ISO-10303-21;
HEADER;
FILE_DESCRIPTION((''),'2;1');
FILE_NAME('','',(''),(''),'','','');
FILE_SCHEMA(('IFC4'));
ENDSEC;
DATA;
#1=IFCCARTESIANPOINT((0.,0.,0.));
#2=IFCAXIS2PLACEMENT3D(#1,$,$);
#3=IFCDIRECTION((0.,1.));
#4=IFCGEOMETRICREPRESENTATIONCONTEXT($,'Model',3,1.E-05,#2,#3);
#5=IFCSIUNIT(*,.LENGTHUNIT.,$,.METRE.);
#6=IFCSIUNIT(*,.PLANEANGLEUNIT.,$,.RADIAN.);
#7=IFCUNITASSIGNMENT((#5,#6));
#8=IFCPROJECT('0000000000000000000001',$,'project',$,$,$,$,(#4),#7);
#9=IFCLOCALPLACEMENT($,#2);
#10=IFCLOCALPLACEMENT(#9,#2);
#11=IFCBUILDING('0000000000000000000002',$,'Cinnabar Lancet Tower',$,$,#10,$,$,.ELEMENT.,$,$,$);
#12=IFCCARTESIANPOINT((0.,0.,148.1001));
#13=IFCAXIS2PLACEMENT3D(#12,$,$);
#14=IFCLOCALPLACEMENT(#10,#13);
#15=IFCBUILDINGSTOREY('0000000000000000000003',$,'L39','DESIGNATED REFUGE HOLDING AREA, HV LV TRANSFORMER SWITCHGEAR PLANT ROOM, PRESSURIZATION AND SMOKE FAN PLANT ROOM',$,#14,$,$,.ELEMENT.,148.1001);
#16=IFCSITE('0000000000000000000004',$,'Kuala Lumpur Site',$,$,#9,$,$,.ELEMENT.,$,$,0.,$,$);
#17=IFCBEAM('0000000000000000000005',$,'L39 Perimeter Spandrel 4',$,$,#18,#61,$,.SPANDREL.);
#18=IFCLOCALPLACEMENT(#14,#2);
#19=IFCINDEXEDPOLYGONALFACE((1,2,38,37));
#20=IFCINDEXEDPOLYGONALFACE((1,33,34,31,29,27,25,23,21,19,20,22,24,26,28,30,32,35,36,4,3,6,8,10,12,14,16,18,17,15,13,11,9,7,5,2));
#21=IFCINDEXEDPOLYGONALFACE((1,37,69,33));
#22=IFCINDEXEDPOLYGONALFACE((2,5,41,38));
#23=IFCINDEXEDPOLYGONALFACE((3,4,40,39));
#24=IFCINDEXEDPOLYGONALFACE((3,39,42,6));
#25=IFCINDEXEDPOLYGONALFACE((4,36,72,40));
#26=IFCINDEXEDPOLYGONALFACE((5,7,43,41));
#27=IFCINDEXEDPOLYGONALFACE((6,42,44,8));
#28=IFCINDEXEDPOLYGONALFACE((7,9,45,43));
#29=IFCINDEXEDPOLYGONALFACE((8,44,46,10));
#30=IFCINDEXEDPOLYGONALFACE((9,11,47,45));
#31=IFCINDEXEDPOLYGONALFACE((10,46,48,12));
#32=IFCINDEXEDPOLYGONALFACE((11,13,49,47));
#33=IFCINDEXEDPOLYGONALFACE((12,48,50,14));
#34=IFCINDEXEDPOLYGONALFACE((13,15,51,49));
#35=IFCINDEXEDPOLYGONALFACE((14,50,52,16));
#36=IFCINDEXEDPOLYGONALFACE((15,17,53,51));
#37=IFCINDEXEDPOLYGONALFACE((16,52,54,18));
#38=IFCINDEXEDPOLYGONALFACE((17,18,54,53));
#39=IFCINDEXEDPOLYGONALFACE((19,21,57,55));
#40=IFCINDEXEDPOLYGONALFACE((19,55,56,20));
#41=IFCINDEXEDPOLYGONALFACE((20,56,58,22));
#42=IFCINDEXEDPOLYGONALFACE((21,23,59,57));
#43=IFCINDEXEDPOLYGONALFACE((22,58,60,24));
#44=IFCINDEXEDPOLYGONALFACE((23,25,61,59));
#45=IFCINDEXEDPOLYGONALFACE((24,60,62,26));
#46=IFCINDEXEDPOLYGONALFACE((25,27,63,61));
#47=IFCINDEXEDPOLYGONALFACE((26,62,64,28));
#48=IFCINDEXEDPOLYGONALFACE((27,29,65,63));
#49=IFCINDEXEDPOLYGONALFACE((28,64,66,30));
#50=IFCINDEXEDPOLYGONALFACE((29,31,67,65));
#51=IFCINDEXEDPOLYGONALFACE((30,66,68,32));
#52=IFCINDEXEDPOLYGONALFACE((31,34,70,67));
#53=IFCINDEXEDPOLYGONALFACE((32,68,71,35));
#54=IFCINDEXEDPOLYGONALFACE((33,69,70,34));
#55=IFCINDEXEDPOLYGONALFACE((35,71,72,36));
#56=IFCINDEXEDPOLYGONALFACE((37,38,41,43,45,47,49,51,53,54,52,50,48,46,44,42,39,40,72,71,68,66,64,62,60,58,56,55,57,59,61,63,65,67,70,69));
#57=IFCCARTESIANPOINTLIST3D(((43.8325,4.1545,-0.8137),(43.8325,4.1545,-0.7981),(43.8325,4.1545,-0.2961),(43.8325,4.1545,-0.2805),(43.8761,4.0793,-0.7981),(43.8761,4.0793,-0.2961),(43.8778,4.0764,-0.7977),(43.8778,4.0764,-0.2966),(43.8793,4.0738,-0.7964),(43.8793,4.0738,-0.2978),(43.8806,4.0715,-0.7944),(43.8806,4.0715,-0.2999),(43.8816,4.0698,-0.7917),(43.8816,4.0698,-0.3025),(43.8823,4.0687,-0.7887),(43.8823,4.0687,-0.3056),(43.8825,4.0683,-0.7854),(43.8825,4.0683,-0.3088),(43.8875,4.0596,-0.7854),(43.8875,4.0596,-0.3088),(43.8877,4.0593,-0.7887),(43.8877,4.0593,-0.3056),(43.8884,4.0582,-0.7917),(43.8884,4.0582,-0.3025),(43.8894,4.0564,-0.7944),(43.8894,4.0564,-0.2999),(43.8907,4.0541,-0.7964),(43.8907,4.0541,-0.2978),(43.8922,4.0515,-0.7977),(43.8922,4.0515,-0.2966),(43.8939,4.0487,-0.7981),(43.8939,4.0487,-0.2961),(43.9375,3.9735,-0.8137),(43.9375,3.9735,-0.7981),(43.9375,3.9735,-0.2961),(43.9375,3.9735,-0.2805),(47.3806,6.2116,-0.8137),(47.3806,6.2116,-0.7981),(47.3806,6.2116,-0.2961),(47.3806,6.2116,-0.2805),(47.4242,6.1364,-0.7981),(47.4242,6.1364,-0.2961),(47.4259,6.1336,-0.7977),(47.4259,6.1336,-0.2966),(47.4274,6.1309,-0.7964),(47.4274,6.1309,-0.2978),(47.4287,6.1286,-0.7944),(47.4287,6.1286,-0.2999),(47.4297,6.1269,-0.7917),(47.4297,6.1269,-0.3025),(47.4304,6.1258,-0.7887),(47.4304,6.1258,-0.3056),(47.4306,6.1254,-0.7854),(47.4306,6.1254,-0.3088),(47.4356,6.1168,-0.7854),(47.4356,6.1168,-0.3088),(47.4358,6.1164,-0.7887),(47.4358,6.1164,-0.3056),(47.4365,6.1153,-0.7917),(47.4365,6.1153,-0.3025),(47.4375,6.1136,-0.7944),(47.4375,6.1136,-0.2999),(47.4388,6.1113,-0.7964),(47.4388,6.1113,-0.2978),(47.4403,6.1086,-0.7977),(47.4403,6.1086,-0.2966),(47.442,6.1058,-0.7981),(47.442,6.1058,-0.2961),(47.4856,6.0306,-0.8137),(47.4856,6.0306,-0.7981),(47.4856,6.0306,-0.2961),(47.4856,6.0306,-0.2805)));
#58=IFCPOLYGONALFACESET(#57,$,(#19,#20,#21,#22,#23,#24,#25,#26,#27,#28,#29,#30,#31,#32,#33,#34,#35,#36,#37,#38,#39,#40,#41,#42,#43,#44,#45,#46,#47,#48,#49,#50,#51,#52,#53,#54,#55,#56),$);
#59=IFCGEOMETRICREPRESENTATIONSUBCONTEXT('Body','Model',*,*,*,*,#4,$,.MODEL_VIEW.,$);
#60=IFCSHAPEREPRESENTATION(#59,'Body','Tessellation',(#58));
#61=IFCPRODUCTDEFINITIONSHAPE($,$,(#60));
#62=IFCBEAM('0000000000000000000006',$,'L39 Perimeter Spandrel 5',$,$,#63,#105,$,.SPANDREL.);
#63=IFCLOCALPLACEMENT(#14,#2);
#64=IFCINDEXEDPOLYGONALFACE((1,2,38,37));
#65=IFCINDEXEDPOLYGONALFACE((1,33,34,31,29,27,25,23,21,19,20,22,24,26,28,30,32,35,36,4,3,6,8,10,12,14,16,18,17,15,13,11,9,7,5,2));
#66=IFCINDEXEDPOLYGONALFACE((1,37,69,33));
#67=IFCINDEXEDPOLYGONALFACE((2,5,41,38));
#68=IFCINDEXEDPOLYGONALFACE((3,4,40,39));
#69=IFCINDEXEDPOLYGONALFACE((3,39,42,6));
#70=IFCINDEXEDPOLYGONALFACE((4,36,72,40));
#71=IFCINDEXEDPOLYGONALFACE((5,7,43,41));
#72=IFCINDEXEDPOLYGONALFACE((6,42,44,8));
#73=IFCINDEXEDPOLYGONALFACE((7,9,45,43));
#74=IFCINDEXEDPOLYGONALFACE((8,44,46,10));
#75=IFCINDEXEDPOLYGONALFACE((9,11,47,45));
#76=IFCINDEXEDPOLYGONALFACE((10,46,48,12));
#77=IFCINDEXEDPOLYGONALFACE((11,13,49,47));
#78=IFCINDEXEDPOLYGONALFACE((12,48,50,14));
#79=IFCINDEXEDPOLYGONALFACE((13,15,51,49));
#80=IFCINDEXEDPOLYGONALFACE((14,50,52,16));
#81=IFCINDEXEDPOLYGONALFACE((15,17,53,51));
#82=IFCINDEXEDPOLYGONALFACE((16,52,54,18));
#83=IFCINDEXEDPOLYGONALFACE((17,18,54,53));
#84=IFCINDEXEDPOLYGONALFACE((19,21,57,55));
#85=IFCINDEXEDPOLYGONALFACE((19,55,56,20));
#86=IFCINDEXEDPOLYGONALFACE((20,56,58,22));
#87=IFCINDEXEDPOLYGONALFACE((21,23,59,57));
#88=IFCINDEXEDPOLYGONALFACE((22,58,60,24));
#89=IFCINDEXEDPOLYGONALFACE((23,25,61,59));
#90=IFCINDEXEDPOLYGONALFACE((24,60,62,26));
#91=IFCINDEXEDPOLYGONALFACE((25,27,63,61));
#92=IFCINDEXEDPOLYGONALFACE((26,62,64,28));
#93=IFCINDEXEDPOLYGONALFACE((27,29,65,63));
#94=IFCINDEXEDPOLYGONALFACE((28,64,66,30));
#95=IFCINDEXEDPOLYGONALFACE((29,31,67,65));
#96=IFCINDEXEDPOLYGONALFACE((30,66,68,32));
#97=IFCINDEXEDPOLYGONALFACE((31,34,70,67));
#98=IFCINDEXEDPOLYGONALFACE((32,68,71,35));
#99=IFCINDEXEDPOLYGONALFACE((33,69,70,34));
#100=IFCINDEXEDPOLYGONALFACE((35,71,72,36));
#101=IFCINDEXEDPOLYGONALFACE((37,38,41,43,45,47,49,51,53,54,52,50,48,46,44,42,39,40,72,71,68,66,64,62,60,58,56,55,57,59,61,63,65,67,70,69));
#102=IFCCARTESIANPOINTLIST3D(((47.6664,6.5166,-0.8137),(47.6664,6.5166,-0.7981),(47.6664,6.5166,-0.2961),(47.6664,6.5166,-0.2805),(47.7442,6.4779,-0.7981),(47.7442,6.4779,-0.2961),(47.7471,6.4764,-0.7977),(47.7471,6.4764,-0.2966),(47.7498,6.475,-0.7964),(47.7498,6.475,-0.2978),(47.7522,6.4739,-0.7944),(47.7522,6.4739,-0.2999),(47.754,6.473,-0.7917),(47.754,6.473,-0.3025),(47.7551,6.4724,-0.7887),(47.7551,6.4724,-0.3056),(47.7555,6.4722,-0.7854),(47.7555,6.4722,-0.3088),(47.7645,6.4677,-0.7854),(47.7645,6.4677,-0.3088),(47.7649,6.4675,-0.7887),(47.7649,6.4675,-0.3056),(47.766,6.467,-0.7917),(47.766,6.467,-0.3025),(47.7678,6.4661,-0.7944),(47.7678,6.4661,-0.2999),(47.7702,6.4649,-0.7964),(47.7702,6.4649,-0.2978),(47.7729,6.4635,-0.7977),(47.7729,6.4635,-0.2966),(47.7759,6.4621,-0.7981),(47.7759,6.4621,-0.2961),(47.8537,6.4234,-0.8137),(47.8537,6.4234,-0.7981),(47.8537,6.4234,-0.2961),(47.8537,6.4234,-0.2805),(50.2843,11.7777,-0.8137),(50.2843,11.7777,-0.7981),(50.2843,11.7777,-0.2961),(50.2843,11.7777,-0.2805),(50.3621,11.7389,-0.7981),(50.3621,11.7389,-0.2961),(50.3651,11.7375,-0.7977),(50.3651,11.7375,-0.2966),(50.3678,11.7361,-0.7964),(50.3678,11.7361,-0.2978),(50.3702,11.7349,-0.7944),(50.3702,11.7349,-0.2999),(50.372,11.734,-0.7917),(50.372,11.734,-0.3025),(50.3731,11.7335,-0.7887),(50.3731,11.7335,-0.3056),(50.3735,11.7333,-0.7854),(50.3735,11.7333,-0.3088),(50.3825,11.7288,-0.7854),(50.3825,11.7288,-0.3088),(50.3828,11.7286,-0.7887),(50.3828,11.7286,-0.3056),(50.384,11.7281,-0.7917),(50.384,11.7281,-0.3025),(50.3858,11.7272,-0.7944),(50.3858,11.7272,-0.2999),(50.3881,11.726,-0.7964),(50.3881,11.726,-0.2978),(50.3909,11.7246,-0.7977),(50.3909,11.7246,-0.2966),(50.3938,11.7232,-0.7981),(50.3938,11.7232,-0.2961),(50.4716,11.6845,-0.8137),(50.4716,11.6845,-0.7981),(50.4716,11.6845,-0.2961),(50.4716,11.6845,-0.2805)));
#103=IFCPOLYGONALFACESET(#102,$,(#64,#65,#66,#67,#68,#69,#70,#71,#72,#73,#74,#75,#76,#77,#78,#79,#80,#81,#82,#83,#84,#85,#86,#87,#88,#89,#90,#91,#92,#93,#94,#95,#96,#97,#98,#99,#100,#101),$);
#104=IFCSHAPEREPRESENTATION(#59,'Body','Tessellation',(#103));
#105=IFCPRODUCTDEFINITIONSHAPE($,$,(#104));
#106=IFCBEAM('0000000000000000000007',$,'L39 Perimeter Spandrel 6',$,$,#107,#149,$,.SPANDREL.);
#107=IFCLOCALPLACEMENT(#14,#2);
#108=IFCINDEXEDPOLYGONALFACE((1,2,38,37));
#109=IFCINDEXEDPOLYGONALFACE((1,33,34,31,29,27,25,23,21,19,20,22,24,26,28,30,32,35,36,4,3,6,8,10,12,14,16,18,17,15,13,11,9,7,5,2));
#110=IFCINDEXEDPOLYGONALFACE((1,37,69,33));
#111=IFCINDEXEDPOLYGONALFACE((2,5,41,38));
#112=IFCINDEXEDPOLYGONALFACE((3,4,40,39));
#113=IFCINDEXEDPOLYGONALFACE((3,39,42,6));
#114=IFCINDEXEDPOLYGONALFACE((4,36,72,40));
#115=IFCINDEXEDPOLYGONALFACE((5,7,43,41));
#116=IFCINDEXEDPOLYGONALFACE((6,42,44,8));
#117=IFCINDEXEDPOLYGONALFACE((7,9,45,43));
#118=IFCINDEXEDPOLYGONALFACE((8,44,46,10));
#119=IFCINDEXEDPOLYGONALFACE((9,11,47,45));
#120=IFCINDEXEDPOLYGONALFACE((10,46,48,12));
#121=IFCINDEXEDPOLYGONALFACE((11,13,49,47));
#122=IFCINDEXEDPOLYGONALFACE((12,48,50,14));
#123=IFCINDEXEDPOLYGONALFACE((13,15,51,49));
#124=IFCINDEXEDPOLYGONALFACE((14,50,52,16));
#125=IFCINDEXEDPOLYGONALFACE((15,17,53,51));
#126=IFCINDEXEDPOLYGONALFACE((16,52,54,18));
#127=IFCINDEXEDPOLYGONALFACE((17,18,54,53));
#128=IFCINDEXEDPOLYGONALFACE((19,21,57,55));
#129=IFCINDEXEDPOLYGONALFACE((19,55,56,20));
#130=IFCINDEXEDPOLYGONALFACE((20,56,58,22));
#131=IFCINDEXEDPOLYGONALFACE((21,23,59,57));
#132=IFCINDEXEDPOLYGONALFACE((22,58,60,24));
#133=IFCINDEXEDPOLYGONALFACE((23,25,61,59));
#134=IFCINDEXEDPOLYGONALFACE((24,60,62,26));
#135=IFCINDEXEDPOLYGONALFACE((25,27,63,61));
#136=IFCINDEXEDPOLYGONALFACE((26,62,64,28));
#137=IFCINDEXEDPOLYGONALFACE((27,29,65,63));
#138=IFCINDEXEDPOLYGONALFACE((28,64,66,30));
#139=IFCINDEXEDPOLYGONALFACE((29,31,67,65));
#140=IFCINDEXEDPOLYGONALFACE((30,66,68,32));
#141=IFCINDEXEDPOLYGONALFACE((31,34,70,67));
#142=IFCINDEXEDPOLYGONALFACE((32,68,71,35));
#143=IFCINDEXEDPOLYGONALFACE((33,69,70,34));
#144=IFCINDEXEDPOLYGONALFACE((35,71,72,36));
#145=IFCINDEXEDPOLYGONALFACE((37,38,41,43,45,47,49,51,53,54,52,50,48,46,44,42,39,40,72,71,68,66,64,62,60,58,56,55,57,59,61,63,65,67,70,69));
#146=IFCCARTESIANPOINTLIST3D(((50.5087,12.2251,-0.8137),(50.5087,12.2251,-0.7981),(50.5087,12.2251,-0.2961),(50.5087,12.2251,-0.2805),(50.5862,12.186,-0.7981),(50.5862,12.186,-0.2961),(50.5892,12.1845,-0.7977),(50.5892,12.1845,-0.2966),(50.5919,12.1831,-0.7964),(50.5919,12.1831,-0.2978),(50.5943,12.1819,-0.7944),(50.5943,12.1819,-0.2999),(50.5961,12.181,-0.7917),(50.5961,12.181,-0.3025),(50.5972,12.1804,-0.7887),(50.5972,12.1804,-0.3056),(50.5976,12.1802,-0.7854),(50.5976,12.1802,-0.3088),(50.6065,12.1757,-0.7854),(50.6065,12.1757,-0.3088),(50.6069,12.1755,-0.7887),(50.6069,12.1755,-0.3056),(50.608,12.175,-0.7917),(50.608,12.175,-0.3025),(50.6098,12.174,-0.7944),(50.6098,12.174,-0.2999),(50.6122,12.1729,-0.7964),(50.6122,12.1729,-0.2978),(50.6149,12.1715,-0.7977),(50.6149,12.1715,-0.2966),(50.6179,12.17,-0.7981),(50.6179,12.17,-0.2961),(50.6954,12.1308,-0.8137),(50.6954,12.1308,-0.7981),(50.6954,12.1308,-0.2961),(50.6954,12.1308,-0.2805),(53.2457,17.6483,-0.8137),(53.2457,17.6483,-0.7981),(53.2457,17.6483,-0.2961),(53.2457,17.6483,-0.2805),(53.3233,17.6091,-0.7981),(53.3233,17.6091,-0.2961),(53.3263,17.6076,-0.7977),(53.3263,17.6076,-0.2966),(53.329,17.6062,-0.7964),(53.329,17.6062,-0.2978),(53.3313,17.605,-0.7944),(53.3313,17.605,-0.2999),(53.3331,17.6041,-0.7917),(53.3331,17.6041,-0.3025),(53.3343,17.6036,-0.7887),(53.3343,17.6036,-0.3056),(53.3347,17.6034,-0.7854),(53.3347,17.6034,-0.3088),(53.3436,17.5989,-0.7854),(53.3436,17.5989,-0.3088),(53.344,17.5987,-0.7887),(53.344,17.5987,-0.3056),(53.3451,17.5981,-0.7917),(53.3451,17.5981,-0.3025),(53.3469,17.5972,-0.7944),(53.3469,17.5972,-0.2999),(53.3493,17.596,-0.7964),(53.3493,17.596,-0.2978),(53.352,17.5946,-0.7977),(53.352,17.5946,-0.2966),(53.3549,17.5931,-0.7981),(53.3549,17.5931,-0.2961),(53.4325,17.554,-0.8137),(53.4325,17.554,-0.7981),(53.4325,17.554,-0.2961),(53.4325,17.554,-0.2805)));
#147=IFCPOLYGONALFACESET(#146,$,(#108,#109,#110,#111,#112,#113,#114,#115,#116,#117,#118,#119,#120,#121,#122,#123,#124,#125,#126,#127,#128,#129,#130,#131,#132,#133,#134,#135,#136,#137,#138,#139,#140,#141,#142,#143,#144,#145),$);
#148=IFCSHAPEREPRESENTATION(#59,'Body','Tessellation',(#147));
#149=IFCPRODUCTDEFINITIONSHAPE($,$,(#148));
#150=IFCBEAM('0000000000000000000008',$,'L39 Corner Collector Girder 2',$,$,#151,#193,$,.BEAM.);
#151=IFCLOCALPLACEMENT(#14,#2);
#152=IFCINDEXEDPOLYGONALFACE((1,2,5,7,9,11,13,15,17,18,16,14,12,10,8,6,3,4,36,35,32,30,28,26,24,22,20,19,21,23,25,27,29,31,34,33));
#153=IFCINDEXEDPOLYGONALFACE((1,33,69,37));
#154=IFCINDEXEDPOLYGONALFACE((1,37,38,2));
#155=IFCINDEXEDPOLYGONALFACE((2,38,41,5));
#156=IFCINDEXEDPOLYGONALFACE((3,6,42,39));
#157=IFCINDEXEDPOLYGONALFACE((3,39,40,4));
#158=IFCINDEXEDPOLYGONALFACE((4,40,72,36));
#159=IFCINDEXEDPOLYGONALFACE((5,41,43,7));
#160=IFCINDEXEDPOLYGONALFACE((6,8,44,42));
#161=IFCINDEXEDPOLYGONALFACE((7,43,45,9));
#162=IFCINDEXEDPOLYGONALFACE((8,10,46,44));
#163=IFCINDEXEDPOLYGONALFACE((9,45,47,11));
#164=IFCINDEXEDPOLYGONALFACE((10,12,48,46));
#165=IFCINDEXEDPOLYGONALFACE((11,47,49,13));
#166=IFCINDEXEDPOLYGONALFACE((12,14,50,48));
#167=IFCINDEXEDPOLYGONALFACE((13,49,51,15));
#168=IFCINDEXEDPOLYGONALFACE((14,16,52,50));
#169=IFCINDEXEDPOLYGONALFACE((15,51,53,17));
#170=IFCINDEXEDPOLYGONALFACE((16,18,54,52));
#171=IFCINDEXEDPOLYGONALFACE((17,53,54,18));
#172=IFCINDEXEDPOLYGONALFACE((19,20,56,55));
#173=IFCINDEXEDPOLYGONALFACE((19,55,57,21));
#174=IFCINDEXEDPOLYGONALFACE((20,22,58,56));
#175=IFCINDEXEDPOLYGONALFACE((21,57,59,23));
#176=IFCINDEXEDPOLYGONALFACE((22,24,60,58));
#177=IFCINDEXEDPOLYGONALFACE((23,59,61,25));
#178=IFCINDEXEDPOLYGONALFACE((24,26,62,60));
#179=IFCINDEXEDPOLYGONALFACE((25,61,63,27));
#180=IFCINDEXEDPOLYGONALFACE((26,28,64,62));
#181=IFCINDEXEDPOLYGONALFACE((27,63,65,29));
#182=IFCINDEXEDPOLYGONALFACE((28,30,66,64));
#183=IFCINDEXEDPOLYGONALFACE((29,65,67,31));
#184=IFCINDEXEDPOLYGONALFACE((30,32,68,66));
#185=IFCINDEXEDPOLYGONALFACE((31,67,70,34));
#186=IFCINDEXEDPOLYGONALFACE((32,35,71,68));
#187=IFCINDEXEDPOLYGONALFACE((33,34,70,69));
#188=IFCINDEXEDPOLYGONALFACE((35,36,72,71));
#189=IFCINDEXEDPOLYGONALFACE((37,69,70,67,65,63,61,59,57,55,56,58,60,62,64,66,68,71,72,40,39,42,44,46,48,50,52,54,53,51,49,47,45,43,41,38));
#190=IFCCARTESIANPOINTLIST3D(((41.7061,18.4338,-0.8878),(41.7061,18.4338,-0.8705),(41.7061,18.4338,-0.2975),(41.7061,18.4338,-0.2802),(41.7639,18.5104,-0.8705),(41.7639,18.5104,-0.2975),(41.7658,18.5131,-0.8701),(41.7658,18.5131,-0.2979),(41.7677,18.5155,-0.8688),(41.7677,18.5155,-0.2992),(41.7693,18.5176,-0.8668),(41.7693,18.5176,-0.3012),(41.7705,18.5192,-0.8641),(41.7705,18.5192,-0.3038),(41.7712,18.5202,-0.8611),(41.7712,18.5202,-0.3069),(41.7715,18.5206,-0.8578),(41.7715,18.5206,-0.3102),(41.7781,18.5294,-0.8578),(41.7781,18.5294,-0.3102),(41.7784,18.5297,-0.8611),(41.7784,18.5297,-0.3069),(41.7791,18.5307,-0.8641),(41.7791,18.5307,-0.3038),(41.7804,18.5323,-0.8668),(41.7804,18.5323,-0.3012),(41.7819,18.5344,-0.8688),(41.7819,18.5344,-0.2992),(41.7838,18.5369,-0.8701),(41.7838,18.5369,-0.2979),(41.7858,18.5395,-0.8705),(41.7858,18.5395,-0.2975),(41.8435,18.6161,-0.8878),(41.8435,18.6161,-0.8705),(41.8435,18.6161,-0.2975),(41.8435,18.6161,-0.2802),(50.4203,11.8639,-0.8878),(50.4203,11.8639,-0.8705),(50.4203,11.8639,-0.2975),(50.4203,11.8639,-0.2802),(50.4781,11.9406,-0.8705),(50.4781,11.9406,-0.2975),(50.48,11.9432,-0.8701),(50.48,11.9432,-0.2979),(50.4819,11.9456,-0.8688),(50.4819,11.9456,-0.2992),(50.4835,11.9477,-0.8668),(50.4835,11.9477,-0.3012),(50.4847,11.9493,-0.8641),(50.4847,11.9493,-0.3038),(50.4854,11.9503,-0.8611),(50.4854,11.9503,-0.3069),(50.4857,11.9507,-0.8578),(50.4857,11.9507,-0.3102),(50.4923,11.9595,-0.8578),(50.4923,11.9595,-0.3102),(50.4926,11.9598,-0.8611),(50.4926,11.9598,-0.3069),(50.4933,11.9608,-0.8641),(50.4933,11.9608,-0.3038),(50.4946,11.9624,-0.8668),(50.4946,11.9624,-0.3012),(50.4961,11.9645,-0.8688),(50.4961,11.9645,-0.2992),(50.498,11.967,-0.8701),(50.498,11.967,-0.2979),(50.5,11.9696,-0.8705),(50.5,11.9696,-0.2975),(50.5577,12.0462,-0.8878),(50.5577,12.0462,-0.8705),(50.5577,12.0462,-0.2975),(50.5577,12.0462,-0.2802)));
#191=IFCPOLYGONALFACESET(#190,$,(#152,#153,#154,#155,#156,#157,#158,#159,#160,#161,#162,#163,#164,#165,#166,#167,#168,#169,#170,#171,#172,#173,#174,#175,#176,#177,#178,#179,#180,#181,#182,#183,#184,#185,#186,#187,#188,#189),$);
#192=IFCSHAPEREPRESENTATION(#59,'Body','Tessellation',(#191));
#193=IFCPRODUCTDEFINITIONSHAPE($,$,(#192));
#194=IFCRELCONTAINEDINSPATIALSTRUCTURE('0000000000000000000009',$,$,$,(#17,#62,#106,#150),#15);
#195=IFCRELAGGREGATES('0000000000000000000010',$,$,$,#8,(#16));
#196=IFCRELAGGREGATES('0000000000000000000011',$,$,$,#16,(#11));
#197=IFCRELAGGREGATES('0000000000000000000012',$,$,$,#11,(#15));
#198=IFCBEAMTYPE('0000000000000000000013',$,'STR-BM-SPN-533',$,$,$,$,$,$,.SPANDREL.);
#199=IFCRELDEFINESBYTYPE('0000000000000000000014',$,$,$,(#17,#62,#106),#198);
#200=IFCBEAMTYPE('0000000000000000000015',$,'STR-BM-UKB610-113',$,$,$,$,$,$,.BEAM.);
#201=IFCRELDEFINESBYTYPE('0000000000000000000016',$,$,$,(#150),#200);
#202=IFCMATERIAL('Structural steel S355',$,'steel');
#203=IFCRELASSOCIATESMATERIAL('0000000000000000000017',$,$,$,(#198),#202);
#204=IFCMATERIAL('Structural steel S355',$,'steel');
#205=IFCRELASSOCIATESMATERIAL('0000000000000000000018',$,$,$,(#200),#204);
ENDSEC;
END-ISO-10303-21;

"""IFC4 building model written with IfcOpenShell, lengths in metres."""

from ifc_helpers import new_model, si_unit, direction, frame, origin, origin_2d, place, context, subcontext, project, spatial, i_section, extrude, material, material_profile, profile_set, type_object, element, save


model = new_model("IFC4")

# Units and contexts
model_context = context("Model", 3, precision=1e-05, world=origin(), true_north=direction((0.0, 1.0)))
body_context = subcontext(model_context, "Body", "Model", "MODEL_VIEW")
ifc_project = project(units=[si_unit("LENGTHUNIT", "METRE"), si_unit("PLANEANGLEUNIT", "RADIAN")], contexts=[model_context])

# Site, building, storey
site_placement = place(None, origin())
site = spatial("IfcSite", under=ifc_project, at=site_placement, Name="Kuala Lumpur Site", CompositionType="ELEMENT", RefElevation=0.0)
building_placement = place(site_placement, origin())
building = spatial("IfcBuilding", under=site, at=building_placement, Name="Cinnabar Lancet Tower", CompositionType="ELEMENT")
storey_placement = place(building_placement, frame((0.0, 0.0, 148.1001)))
storey = spatial("IfcBuildingStorey", under=building, at=storey_placement, Name="L39", Description="DESIGNATED REFUGE HOLDING AREA, HV LV TRANSFORMER SWITCHGEAR PLANT ROOM, PRESSURIZATION AND SMOKE FAN PLANT ROOM", CompositionType="ELEMENT", Elevation=148.1001)

# Beams
ifc_material_1 = material(Name="Structural steel S355", Category="steel")
ifc_material_profile_1 = material_profile(ifc_material_1, i_section(OverallWidth=0.2092, OverallDepth=0.5332, WebThickness=0.01, FlangeThickness=0.0156, FilletRadius=0.0127, at=origin_2d()), Name="UKB 533x210x92")
ifc_profile_set_1 = profile_set([ifc_material_profile_1], Name="Structural steel S355")
beam_type_1 = type_object("IfcBeamType", Name="STR-BM-SPN-533", PredefinedType="SPANDREL", material=ifc_profile_set_1)
beam_1_placement = place(storey_placement, frame((43.885, 4.064, -0.5471), z_axis=(0.865112, 0.501578, 0.0), x_axis=(-0.501578, 0.865112, 0.0)))
element("IfcBeam", 1, at=beam_1_placement, inside=storey, type_object=beam_type_1, Name="L39 Perimeter Spandrel 4", PredefinedType="SPANDREL", context=body_context, shape_type="SweptSolid", body=[
    extrude(i_section(OverallWidth=0.2092, OverallDepth=0.5332, WebThickness=0.01, FlangeThickness=0.0156, FilletRadius=0.0127, at=origin_2d()), origin(), (0.0, 0.0, 1.0), 4.1013),
])
beam_2_placement = place(storey_placement, frame((47.76, 6.47, -0.5471), z_axis=(0.445501, 0.895281, 0.0), x_axis=(-0.895281, 0.445501, 0.0)))
element("IfcBeam", 2, at=beam_2_placement, inside=storey, type_object=beam_type_1, Name="L39 Perimeter Spandrel 5", PredefinedType="SPANDREL", context=body_context, shape_type="SweptSolid", body=[
    extrude(i_section(OverallWidth=0.2092, OverallDepth=0.5332, WebThickness=0.01, FlangeThickness=0.0156, FilletRadius=0.0127, at=origin_2d()), origin(), (0.0, 0.0, 1.0), 5.8765),
])
beam_3_placement = place(storey_placement, frame((50.6021, 12.178, -0.5471), z_axis=(0.45057, 0.892741, 0.0), x_axis=(-0.892741, 0.45057, 0.0)))
element("IfcBeam", 3, at=beam_3_placement, inside=storey, type_object=beam_type_1, Name="L39 Perimeter Spandrel 6", PredefinedType="SPANDREL", context=body_context, shape_type="SweptSolid", body=[
    extrude(i_section(OverallWidth=0.2092, OverallDepth=0.5332, WebThickness=0.01, FlangeThickness=0.0156, FilletRadius=0.0127, at=origin_2d()), origin(), (0.0, 0.0, 1.0), 6.0747),
])
ifc_material_2 = material(Name="Structural steel S355", Category="steel")
ifc_material_profile_2 = material_profile(ifc_material_2, i_section(OverallWidth=0.2283, OverallDepth=0.6077, WebThickness=0.011, FlangeThickness=0.0173, FilletRadius=0.0127, at=origin_2d()), Name="UKB 610x229x113")
ifc_profile_set_2 = profile_set([ifc_material_profile_2], Name="Structural steel S355")
beam_type_2 = type_object("IfcBeamType", Name="STR-BM-UKB610-113", PredefinedType="BEAM", material=ifc_profile_set_2)
beam_4_placement = place(storey_placement, frame((50.489, 11.9551, -0.584), z_axis=(-0.798491, 0.602006, 0.0), x_axis=(-0.602006, -0.798491, 0.0)))
element("IfcBeam", 4, at=beam_4_placement, inside=storey, type_object=beam_type_2, Name="L39 Corner Collector Girder 2", PredefinedType="BEAM", context=body_context, shape_type="SweptSolid", body=[
    extrude(i_section(OverallWidth=0.2283, OverallDepth=0.6077, WebThickness=0.011, FlangeThickness=0.0173, FilletRadius=0.0127, at=origin_2d()), origin(), (0.0, 0.0, 1.0), 10.9133),
])

save(model, "model.ifc")
